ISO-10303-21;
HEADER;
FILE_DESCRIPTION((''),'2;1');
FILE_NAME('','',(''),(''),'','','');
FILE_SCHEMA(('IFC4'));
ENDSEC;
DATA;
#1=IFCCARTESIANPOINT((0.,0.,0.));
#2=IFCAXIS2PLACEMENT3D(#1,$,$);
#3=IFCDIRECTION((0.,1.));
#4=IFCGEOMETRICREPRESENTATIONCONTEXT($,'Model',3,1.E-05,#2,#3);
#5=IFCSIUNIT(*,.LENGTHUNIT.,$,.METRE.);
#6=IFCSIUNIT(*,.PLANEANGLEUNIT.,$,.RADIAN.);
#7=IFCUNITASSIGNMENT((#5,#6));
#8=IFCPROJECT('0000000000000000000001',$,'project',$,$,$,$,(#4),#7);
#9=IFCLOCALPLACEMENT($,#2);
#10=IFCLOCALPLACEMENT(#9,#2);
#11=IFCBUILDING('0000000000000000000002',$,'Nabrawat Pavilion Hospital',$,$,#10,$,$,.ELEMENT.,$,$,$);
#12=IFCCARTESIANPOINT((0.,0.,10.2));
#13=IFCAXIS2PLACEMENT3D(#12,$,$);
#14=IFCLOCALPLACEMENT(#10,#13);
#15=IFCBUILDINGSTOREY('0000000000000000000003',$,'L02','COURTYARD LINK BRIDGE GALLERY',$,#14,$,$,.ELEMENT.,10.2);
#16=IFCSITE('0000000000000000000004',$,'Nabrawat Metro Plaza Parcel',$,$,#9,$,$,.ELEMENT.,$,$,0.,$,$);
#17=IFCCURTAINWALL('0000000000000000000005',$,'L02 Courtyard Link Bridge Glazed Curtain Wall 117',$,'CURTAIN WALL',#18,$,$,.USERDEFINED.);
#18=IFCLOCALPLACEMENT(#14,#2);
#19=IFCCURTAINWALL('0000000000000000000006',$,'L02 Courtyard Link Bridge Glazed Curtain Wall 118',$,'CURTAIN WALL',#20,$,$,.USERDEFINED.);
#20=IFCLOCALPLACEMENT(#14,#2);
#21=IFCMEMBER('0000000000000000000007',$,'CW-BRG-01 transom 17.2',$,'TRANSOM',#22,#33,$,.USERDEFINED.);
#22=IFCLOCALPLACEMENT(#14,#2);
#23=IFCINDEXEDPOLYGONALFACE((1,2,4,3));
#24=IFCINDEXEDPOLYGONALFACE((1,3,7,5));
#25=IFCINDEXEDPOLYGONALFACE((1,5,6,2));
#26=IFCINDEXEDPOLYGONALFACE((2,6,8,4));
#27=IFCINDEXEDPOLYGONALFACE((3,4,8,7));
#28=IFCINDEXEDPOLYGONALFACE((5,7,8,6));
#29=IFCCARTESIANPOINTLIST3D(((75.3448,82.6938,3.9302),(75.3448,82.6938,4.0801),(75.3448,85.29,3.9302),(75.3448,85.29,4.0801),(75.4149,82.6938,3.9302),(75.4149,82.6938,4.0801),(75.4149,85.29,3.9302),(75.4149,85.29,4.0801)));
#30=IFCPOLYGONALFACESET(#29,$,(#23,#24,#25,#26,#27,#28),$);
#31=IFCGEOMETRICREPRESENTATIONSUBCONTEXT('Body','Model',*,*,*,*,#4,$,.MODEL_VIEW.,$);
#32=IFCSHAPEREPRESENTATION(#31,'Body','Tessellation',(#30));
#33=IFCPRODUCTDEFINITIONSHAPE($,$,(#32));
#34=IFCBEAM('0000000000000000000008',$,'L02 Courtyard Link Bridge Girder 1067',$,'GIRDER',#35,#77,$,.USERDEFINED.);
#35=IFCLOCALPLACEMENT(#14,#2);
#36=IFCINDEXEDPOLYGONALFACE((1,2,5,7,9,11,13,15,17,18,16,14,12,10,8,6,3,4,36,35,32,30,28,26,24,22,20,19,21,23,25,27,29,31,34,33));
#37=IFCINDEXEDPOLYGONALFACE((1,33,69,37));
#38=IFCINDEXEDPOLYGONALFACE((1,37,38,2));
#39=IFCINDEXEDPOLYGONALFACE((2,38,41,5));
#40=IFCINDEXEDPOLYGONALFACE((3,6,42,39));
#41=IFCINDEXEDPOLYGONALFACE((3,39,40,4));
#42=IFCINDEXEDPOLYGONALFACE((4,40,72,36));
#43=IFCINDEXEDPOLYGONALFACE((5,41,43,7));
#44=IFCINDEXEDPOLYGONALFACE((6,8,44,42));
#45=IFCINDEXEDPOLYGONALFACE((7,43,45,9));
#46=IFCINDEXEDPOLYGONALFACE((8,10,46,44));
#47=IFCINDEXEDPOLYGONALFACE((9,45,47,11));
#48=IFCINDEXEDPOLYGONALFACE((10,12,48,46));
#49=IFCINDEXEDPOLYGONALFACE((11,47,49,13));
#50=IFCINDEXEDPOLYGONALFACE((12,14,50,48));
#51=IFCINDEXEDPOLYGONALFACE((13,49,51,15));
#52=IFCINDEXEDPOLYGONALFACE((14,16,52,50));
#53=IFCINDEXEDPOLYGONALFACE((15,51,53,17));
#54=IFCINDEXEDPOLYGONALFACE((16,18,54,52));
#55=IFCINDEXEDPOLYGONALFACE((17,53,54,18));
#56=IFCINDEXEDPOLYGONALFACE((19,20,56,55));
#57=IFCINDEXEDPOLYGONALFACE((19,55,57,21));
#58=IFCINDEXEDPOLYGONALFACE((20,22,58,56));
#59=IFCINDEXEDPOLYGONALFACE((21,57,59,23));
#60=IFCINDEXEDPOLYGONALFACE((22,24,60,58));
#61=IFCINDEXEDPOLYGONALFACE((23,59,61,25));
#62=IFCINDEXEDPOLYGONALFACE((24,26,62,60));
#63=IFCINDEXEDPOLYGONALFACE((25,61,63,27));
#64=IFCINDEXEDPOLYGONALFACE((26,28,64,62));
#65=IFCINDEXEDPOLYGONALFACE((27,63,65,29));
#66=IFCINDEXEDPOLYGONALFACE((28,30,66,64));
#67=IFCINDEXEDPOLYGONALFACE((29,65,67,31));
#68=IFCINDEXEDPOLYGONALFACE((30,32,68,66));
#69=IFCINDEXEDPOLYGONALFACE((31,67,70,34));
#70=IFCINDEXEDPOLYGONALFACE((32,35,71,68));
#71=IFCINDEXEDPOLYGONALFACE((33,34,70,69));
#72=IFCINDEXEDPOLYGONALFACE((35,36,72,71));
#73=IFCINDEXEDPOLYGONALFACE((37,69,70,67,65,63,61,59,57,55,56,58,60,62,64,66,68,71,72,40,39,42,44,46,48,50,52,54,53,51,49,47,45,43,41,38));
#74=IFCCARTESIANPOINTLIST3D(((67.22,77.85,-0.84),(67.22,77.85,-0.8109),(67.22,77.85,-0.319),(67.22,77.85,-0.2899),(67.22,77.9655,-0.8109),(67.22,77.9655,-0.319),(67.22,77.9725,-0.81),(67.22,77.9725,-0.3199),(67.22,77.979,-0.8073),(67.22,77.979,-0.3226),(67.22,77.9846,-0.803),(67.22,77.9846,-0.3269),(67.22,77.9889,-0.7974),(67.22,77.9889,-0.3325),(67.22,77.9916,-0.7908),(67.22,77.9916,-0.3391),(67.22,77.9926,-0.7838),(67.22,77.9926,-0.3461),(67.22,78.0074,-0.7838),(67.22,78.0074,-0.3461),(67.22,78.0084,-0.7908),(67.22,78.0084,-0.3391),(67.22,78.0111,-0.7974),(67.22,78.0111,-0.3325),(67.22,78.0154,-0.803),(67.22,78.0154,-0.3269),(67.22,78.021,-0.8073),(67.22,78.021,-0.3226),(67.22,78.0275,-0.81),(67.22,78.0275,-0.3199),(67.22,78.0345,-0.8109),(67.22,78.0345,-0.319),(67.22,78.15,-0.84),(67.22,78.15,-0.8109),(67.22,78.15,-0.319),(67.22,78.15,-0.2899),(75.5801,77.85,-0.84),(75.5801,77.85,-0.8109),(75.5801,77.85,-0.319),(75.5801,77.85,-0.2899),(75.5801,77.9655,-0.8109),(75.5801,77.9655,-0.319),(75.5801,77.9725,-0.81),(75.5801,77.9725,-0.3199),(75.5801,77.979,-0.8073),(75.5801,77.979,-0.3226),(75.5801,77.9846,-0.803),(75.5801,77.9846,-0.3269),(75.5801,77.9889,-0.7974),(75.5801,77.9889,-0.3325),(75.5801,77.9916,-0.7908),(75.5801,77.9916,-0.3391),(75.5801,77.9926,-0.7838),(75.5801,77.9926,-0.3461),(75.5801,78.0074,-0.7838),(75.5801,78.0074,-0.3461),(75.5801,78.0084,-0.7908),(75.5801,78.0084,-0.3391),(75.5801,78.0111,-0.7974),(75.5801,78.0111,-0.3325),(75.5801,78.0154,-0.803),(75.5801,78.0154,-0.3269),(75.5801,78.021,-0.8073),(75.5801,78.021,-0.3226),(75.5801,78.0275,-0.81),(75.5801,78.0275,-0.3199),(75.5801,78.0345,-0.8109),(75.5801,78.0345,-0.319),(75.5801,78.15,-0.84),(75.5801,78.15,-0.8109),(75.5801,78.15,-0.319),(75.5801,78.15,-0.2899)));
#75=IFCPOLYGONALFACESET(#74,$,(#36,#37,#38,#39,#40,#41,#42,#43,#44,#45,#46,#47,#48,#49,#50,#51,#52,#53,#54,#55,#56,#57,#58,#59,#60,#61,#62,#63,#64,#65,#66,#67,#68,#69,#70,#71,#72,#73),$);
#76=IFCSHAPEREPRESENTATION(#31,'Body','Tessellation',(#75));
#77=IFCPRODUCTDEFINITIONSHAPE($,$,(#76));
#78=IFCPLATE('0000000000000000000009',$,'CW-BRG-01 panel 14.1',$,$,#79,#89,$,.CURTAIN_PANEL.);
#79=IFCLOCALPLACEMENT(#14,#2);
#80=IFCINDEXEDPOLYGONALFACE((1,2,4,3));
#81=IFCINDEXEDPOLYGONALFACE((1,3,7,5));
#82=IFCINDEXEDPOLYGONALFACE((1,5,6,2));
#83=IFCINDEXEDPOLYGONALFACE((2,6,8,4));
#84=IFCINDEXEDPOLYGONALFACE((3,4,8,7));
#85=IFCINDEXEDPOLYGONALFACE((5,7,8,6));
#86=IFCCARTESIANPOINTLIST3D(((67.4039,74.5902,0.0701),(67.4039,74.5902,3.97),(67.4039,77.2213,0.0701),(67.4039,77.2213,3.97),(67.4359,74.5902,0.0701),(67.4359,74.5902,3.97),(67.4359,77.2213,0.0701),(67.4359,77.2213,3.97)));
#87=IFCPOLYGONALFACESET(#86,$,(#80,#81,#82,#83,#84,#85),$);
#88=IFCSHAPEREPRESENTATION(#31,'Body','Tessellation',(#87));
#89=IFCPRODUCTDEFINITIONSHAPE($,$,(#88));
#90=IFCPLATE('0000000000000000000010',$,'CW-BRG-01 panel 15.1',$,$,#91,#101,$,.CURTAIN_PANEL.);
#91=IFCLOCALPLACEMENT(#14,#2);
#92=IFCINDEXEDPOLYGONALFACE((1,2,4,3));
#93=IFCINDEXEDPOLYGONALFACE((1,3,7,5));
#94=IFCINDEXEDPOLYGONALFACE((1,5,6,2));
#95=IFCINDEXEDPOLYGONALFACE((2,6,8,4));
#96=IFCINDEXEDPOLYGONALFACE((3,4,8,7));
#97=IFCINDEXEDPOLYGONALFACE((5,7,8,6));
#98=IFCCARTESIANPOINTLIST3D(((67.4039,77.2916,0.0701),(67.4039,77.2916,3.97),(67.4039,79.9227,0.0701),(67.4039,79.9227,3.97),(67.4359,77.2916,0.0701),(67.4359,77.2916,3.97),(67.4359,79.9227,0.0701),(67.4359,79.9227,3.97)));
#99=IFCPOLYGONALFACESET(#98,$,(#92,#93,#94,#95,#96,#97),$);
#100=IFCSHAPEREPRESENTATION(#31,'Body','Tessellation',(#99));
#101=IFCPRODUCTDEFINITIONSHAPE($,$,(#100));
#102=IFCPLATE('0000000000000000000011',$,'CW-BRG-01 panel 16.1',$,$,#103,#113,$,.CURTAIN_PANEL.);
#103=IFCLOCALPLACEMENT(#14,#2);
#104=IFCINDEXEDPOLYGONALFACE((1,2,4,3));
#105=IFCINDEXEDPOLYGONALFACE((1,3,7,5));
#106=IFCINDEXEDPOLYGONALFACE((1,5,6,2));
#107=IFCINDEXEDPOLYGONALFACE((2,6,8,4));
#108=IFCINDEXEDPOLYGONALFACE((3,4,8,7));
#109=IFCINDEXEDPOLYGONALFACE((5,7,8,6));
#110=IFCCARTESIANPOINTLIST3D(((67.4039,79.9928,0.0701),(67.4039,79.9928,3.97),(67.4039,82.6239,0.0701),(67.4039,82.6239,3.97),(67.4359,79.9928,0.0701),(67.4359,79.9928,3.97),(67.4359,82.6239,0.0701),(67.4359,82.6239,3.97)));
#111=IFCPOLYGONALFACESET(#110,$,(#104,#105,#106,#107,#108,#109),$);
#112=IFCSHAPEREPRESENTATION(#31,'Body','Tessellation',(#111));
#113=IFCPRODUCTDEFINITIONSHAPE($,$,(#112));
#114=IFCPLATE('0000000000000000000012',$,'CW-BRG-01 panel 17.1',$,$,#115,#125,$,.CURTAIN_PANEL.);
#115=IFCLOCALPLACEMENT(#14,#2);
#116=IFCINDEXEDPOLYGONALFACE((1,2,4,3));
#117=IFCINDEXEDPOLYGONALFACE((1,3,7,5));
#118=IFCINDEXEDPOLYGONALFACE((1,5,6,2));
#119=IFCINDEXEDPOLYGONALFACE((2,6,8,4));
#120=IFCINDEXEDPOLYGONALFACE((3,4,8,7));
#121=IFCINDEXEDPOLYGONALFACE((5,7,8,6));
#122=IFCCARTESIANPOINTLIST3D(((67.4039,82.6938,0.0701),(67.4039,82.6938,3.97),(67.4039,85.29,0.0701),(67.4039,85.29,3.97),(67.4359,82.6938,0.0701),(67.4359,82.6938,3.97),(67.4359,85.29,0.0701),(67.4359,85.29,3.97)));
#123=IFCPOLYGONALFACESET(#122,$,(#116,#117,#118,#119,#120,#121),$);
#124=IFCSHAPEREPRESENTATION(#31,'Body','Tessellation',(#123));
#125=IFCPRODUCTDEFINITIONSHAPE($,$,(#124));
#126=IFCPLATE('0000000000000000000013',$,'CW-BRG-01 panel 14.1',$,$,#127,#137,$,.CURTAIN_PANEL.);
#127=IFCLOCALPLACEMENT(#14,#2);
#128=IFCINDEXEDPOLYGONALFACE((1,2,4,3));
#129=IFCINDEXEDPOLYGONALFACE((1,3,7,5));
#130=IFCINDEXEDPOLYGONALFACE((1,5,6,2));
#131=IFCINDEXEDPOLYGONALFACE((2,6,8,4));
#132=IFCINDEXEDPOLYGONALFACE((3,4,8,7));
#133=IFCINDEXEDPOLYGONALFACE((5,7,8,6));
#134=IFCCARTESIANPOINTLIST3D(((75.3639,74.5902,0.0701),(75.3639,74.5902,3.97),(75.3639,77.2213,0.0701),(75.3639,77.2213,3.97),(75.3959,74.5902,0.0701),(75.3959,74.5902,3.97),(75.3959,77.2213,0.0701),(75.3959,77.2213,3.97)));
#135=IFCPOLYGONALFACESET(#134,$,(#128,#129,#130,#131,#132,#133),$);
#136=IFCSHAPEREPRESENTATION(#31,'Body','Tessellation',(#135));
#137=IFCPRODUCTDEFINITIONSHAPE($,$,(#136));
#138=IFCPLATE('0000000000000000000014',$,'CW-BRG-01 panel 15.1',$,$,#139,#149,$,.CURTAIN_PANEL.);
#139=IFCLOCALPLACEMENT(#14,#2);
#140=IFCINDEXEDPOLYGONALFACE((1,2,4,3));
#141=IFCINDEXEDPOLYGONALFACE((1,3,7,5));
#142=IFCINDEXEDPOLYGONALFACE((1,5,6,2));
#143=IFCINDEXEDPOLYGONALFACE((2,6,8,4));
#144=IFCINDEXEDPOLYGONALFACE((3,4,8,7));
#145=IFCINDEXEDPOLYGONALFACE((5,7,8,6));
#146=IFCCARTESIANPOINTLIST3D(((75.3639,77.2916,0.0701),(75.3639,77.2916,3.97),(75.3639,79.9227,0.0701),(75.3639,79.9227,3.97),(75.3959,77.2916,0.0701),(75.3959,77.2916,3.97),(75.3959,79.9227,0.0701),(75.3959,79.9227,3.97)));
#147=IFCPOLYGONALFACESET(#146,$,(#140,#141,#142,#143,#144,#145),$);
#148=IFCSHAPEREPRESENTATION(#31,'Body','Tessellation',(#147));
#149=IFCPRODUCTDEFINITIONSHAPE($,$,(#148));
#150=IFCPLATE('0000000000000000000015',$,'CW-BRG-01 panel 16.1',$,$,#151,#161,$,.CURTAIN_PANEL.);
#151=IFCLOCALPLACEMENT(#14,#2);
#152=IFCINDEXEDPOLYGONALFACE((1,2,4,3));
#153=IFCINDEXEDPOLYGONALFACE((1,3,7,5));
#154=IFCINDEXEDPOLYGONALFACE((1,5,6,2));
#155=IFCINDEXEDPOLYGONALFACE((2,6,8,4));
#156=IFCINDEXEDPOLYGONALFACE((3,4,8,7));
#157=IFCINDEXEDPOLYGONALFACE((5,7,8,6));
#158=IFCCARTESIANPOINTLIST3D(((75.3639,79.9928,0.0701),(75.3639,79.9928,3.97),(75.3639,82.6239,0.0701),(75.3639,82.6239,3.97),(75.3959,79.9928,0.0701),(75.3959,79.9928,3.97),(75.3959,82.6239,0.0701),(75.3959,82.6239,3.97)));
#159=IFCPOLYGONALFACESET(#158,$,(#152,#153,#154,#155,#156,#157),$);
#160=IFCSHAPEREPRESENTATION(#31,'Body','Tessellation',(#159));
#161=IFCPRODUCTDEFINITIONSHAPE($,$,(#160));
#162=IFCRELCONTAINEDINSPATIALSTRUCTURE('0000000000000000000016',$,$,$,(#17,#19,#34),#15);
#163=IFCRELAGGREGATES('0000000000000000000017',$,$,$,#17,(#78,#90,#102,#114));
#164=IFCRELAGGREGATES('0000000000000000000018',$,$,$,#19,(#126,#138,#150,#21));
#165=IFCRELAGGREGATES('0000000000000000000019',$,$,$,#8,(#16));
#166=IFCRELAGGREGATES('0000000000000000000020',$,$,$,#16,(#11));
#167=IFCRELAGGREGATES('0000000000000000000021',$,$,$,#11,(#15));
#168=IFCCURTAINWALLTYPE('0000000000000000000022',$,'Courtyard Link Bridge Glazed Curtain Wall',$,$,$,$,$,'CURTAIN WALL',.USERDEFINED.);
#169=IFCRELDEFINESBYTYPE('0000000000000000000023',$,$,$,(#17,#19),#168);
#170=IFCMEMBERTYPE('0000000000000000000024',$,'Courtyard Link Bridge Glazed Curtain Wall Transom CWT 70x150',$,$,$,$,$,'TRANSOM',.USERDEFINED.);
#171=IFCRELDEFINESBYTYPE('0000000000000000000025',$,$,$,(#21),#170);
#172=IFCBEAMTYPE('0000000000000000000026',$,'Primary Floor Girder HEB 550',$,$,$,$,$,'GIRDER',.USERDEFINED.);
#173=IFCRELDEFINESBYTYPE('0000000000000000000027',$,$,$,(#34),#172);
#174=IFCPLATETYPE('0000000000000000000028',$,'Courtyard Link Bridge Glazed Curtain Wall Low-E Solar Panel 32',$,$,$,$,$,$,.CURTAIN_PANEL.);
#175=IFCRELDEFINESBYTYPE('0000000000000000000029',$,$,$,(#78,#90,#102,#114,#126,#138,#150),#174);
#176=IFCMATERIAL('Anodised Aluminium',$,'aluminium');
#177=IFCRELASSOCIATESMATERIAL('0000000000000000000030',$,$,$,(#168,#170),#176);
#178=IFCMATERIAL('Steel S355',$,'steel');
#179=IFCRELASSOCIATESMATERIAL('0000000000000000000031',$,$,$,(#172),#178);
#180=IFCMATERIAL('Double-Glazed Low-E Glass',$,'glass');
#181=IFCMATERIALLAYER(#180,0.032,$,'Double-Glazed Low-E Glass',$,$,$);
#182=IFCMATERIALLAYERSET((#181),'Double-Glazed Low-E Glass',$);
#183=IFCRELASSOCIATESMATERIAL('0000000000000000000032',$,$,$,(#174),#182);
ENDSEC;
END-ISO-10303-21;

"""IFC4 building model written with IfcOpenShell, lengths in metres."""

from ifc_helpers import new_model, si_unit, direction, frame, origin, origin_2d, place, context, subcontext, project, spatial, rectangle, i_section, extrude, material, layer, layer_set, material_profile, profile_set, type_object, element, aggregate, save


model = new_model("IFC4")

# Units and contexts
model_context = context("Model", 3, precision=1e-05, world=origin(), true_north=direction((0.0, 1.0)))
body_context = subcontext(model_context, "Body", "Model", "MODEL_VIEW")
ifc_project = project(units=[si_unit("LENGTHUNIT", "METRE"), si_unit("PLANEANGLEUNIT", "RADIAN")], contexts=[model_context])

# Site, building, storey
site_placement = place(None, origin())
site = spatial("IfcSite", under=ifc_project, at=site_placement, Name="Nabrawat Metro Plaza Parcel", CompositionType="ELEMENT", RefElevation=0.0)
building_placement = place(site_placement, origin())
building = spatial("IfcBuilding", under=site, at=building_placement, Name="Nabrawat Pavilion Hospital", CompositionType="ELEMENT")
storey_placement = place(building_placement, frame((0.0, 0.0, 10.2)))
storey = spatial("IfcBuildingStorey", under=building, at=storey_placement, Name="L02", Description="COURTYARD LINK BRIDGE GALLERY", CompositionType="ELEMENT", Elevation=10.2)

# Shared definitions
ifc_material_1 = material(Name="Steel S355", Category="steel")

# Curtain walls
ifc_material_2 = material(Name="Anodised Aluminium", Category="aluminium")
curtain_wall_type = type_object("IfcCurtainWallType", Name="Courtyard Link Bridge Glazed Curtain Wall", ElementType="CURTAIN WALL", PredefinedType="USERDEFINED", material=ifc_material_2)
curtain_wall_1_placement = place(storey_placement, origin())
curtain_wall_1 = element("IfcCurtainWall", 1, at=curtain_wall_1_placement, inside=storey, type_object=curtain_wall_type, Name="L02 Courtyard Link Bridge Glazed Curtain Wall 117", ObjectType="CURTAIN WALL", PredefinedType="USERDEFINED")
curtain_wall_2_placement = place(storey_placement, origin())
curtain_wall_2 = element("IfcCurtainWall", 2, at=curtain_wall_2_placement, inside=storey, type_object=curtain_wall_type, Name="L02 Courtyard Link Bridge Glazed Curtain Wall 118", ObjectType="CURTAIN WALL", PredefinedType="USERDEFINED")

# Member
ifc_material_profile_1 = material_profile(ifc_material_2, rectangle(XDim=0.0701, YDim=0.1499, at=origin_2d()), Name="CWT 70x150")
ifc_profile_set_1 = profile_set([ifc_material_profile_1], Name="Anodised Aluminium")
member_type_1 = type_object("IfcMemberType", Name="Courtyard Link Bridge Glazed Curtain Wall Transom CWT 70x150", ElementType="TRANSOM", PredefinedType="USERDEFINED", material=ifc_profile_set_1)
member_1_placement = place(storey_placement, frame((75.3799, 82.6938, 4.0051), z_axis=(0.0, 1.0, 0.0), x_axis=(-1.0, 0.0, 0.0)))
member_1 = element("IfcMember", 3, at=member_1_placement, type_object=member_type_1, Name="CW-BRG-01 transom 17.2", ObjectType="TRANSOM", PredefinedType="USERDEFINED", context=body_context, shape_type="SweptSolid", body=[
    extrude(rectangle(XDim=0.0701, YDim=0.1499, at=origin_2d()), origin(), (0.0, 0.0, 1.0), 2.5962),
])

# Beam
ifc_material_profile_2 = material_profile(ifc_material_1, i_section(OverallWidth=0.3, OverallDepth=0.55, WebThickness=0.0149, FlangeThickness=0.0291, FilletRadius=0.0271, at=origin_2d()), Name="HEB 550")
ifc_profile_set_2 = profile_set([ifc_material_profile_2], Name="Steel S355")
beam_type_1 = type_object("IfcBeamType", Name="Primary Floor Girder HEB 550", ElementType="GIRDER", PredefinedType="USERDEFINED", material=ifc_profile_set_2)
beam_placement = place(storey_placement, frame((67.22, 78.0, -0.5649), z_axis=(1.0, 0.0, 0.0), x_axis=(0.0, 1.0, 0.0)))
element("IfcBeam", 4, at=beam_placement, inside=storey, type_object=beam_type_1, Name="L02 Courtyard Link Bridge Girder 1067", ObjectType="GIRDER", PredefinedType="USERDEFINED", context=body_context, shape_type="SweptSolid", body=[
    extrude(i_section(OverallWidth=0.3, OverallDepth=0.55, WebThickness=0.0149, FlangeThickness=0.0291, FilletRadius=0.0271, at=origin_2d()), origin(), (0.0, 0.0, 1.0), 8.3601),
])

# Plates
ifc_material_3 = material(Name="Double-Glazed Low-E Glass", Category="glass")
ifc_layer = layer(ifc_material_3, 0.032, Name="Double-Glazed Low-E Glass")
ifc_layer_set = layer_set([ifc_layer], Name="Double-Glazed Low-E Glass")
plate_type = type_object("IfcPlateType", Name="Courtyard Link Bridge Glazed Curtain Wall Low-E Solar Panel 32", PredefinedType="CURTAIN_PANEL", material=ifc_layer_set)
plate_1_placement = place(storey_placement, frame((67.4199, 75.9058, 0.0701), z_axis=(0.0, 0.0, 1.0), x_axis=(0.0, 1.0, 0.0)))
plate_1 = element("IfcPlate", 5, at=plate_1_placement, type_object=plate_type, Name="CW-BRG-01 panel 14.1", PredefinedType="CURTAIN_PANEL", context=body_context, shape_type="SweptSolid", body=[
    extrude(rectangle(XDim=2.6311, YDim=0.032, at=origin_2d()), origin(), (0.0, 0.0, 1.0), 3.8999),
])
plate_2_placement = place(storey_placement, frame((67.4199, 78.6072, 0.0701), z_axis=(0.0, 0.0, 1.0), x_axis=(0.0, 1.0, 0.0)))
plate_2 = element("IfcPlate", 6, at=plate_2_placement, type_object=plate_type, Name="CW-BRG-01 panel 15.1", PredefinedType="CURTAIN_PANEL", context=body_context, shape_type="SweptSolid", body=[
    extrude(rectangle(XDim=2.6311, YDim=0.032, at=origin_2d()), origin(), (0.0, 0.0, 1.0), 3.8999),
])
plate_3_placement = place(storey_placement, frame((67.4199, 81.3083, 0.0701), z_axis=(0.0, 0.0, 1.0), x_axis=(0.0, 1.0, 0.0)))
plate_3 = element("IfcPlate", 7, at=plate_3_placement, type_object=plate_type, Name="CW-BRG-01 panel 16.1", PredefinedType="CURTAIN_PANEL", context=body_context, shape_type="SweptSolid", body=[
    extrude(rectangle(XDim=2.6311, YDim=0.032, at=origin_2d()), origin(), (0.0, 0.0, 1.0), 3.8999),
])
plate_4_placement = place(storey_placement, frame((67.4199, 83.9919, 0.0701), z_axis=(0.0, 0.0, 1.0), x_axis=(0.0, 1.0, 0.0)))
plate_4 = element("IfcPlate", 8, at=plate_4_placement, type_object=plate_type, Name="CW-BRG-01 panel 17.1", PredefinedType="CURTAIN_PANEL", context=body_context, shape_type="SweptSolid", body=[
    extrude(rectangle(XDim=2.5962, YDim=0.032, at=origin_2d()), origin(), (0.0, 0.0, 1.0), 3.8999),
])
aggregate(curtain_wall_1, [plate_1, plate_2, plate_3, plate_4])
plate_5_placement = place(storey_placement, frame((75.3799, 75.9058, 0.0701), z_axis=(0.0, 0.0, 1.0), x_axis=(0.0, 1.0, 0.0)))
plate_5 = element("IfcPlate", 9, at=plate_5_placement, type_object=plate_type, Name="CW-BRG-01 panel 14.1", PredefinedType="CURTAIN_PANEL", context=body_context, shape_type="SweptSolid", body=[
    extrude(rectangle(XDim=2.6311, YDim=0.032, at=origin_2d()), origin(), (0.0, 0.0, 1.0), 3.8999),
])
plate_6_placement = place(storey_placement, frame((75.3799, 78.6072, 0.0701), z_axis=(0.0, 0.0, 1.0), x_axis=(0.0, 1.0, 0.0)))
plate_6 = element("IfcPlate", 10, at=plate_6_placement, type_object=plate_type, Name="CW-BRG-01 panel 15.1", PredefinedType="CURTAIN_PANEL", context=body_context, shape_type="SweptSolid", body=[
    extrude(rectangle(XDim=2.6311, YDim=0.032, at=origin_2d()), origin(), (0.0, 0.0, 1.0), 3.8999),
])
plate_7_placement = place(storey_placement, frame((75.3799, 81.3083, 0.0701), z_axis=(0.0, 0.0, 1.0), x_axis=(0.0, 1.0, 0.0)))
plate_7 = element("IfcPlate", 11, at=plate_7_placement, type_object=plate_type, Name="CW-BRG-01 panel 16.1", PredefinedType="CURTAIN_PANEL", context=body_context, shape_type="SweptSolid", body=[
    extrude(rectangle(XDim=2.6311, YDim=0.032, at=origin_2d()), origin(), (0.0, 0.0, 1.0), 3.8999),
])
aggregate(curtain_wall_2, [plate_5, plate_6, plate_7, member_1])

save(model, "model.ifc")
